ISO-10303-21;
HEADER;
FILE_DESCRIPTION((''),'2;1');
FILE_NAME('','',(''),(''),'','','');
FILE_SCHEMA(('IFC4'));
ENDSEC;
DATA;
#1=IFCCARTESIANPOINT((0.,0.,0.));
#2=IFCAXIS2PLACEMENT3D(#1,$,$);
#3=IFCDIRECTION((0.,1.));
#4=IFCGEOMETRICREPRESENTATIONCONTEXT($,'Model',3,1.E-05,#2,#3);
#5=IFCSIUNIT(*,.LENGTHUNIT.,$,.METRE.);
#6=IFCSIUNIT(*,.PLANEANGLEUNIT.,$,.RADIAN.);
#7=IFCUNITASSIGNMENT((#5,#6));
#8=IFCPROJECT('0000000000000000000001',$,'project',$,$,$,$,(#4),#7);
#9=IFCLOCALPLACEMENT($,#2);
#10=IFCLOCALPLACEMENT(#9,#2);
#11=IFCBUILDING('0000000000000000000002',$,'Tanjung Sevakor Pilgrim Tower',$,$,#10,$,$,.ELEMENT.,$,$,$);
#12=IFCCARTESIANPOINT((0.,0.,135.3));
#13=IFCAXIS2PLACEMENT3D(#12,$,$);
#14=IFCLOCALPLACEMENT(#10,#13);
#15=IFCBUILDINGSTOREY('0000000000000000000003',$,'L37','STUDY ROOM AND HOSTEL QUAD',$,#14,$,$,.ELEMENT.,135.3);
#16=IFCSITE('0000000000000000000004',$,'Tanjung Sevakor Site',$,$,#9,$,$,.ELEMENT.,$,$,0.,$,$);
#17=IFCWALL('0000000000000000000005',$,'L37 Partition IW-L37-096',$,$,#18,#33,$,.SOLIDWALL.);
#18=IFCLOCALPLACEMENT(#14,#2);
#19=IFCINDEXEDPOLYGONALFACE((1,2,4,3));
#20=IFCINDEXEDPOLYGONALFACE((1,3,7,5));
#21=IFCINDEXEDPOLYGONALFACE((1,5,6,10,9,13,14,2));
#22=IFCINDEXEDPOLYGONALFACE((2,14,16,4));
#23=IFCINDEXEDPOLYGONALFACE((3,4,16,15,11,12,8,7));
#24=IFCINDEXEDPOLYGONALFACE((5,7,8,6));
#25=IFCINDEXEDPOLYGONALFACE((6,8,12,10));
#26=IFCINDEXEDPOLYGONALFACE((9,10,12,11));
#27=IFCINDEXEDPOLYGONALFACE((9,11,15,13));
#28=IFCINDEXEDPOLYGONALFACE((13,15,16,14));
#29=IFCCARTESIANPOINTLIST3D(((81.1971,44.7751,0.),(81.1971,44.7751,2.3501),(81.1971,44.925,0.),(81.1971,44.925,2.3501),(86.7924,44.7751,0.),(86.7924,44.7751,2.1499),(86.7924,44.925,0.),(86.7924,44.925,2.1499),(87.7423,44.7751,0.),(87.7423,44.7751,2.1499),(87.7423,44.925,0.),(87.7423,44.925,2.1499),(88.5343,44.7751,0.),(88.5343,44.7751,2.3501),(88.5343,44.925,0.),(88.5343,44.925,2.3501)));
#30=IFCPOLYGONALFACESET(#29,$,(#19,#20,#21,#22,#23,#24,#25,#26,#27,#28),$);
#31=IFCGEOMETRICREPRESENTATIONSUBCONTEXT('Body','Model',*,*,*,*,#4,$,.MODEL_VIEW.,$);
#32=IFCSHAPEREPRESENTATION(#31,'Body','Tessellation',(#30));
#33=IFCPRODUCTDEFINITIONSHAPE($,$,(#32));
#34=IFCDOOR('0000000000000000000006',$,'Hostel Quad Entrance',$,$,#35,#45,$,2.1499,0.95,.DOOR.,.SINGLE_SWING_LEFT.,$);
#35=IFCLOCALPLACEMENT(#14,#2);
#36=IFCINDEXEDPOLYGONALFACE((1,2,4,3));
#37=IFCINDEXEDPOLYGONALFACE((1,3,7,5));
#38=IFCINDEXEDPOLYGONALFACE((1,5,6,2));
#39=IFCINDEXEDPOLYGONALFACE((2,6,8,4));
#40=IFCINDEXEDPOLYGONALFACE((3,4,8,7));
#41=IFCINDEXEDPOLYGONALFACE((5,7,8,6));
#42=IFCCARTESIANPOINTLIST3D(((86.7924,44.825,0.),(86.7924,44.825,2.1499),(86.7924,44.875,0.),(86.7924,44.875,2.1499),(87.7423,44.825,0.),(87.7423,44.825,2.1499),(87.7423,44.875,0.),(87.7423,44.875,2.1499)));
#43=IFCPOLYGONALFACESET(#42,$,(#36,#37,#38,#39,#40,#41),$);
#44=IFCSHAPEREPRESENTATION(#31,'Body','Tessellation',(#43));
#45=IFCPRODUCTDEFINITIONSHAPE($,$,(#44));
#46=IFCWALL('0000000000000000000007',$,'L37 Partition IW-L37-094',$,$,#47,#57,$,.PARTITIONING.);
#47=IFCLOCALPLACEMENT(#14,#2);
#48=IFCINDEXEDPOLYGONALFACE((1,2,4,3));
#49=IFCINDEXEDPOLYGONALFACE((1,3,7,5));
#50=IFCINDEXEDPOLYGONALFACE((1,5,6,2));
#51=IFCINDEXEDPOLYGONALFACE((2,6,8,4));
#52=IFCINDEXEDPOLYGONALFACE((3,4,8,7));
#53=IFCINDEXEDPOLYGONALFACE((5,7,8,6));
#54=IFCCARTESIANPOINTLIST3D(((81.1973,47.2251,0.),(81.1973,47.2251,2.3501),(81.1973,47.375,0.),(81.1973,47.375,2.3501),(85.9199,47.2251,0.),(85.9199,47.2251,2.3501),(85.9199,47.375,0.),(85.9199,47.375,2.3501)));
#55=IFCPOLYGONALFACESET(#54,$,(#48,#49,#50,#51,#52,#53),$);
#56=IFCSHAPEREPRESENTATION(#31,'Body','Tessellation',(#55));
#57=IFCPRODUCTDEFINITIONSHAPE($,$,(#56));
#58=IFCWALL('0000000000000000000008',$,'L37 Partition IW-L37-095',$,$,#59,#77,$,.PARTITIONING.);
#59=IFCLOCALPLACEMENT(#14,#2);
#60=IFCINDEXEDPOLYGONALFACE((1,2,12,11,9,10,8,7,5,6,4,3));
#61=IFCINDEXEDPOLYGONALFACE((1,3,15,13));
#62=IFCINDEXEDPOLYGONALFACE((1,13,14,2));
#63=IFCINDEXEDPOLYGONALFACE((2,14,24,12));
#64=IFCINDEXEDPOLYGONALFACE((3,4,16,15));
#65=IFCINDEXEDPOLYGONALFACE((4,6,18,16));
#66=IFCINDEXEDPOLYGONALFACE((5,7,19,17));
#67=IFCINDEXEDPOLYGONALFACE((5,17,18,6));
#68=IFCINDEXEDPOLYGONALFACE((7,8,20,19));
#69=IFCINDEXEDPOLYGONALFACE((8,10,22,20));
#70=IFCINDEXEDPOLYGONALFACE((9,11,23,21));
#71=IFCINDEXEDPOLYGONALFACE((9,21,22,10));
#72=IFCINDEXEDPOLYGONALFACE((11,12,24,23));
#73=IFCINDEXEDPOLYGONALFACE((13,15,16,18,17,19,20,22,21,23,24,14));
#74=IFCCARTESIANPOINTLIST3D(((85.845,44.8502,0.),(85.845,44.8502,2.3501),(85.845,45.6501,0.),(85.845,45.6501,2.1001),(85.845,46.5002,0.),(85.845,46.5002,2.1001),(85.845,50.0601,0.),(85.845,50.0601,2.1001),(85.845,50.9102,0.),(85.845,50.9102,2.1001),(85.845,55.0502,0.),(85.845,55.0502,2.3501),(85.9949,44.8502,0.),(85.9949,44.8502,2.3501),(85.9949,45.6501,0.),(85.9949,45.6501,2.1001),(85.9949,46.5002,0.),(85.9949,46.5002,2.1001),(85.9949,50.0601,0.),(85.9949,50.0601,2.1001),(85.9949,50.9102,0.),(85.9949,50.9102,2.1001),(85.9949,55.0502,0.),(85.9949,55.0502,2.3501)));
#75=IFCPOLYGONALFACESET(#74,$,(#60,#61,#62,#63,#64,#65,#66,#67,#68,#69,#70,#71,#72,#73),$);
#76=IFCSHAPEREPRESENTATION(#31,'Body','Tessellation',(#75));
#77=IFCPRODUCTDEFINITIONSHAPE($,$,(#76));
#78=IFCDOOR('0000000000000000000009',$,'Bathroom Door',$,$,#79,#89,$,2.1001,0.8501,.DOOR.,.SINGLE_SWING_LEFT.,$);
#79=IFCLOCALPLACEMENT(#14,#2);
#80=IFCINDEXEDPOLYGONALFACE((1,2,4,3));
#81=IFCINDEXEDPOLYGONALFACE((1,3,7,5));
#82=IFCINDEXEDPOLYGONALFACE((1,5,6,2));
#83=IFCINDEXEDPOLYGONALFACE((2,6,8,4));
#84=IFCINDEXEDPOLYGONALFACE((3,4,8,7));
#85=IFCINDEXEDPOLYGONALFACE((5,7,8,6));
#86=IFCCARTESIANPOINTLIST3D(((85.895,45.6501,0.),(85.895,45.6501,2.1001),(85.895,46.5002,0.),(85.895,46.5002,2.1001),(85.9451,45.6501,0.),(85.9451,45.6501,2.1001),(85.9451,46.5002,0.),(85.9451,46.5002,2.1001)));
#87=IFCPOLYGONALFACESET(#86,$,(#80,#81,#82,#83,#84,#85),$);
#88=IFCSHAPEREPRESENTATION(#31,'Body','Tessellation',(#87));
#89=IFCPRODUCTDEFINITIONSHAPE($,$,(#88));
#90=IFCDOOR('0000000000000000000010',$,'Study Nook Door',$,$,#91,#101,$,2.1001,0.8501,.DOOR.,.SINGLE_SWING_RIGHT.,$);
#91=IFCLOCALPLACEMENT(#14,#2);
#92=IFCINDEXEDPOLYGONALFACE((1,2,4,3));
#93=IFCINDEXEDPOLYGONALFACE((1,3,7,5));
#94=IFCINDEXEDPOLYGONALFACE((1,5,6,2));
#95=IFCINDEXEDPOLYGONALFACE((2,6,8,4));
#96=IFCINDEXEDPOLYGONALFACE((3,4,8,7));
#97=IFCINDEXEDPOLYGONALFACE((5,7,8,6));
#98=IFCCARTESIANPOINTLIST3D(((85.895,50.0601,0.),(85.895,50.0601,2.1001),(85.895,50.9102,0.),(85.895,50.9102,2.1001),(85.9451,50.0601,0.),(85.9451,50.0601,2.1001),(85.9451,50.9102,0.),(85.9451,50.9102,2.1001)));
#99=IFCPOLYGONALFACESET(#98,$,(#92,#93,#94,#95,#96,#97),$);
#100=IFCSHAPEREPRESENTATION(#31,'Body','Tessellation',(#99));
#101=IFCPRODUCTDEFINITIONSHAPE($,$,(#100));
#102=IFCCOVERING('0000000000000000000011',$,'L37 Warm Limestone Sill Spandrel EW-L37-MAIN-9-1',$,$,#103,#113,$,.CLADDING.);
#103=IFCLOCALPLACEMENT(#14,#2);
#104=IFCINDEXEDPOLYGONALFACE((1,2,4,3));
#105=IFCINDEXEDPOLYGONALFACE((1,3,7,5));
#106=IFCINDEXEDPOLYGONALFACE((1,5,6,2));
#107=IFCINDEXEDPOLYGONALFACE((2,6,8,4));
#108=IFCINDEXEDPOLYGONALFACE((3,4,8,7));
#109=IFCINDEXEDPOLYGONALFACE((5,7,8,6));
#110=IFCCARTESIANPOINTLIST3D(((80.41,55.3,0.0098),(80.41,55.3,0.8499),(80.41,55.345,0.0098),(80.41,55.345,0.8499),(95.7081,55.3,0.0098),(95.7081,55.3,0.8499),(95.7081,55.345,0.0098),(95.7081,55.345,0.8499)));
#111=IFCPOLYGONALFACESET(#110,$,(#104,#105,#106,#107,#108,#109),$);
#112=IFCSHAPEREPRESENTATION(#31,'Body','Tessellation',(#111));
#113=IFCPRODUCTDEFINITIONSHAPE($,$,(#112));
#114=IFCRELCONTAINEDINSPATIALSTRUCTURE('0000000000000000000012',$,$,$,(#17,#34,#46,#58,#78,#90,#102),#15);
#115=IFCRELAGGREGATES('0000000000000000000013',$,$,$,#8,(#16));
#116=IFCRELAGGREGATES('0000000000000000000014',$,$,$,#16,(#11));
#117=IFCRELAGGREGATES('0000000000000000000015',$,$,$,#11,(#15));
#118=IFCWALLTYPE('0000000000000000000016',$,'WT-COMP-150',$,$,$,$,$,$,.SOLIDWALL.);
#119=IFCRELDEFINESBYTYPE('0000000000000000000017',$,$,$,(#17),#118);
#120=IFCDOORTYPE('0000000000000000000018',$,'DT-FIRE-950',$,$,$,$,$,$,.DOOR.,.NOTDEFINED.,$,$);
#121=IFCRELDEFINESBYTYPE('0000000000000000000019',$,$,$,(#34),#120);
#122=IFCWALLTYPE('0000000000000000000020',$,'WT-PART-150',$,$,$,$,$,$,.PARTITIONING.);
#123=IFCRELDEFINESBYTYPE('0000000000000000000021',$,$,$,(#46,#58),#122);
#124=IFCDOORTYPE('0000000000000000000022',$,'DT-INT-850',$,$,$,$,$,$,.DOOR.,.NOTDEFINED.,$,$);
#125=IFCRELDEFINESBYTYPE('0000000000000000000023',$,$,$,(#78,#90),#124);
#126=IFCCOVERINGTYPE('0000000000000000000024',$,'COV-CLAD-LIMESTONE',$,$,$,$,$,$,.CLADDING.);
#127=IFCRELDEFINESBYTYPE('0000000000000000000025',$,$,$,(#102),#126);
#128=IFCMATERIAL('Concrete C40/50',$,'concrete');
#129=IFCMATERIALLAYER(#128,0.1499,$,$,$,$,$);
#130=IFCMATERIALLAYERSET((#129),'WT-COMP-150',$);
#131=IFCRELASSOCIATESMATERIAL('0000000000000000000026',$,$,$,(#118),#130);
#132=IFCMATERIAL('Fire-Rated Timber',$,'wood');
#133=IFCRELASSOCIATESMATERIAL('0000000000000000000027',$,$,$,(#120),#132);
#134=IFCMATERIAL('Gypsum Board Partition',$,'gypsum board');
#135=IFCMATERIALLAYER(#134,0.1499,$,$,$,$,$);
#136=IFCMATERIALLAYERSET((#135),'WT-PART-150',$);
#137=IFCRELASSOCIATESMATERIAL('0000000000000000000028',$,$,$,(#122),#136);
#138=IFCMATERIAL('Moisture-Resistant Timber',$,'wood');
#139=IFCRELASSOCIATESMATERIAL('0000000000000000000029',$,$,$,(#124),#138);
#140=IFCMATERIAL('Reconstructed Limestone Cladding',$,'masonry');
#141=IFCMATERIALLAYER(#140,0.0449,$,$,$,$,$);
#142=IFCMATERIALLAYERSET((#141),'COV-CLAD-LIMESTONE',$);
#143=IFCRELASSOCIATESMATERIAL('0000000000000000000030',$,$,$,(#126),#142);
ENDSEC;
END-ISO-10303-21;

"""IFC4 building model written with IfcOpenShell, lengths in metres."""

from ifc_helpers import new_model, si_unit, direction, frame, frame_2d, origin, origin_2d, place, context, subcontext, project, spatial, rectangle, extrude, material, layer, layer_set, type_object, element, fill, save


model = new_model("IFC4")

# Units and contexts
model_context = context("Model", 3, precision=1e-05, world=origin(), true_north=direction((0.0, 1.0)))
body_context = subcontext(model_context, "Body", "Model", "MODEL_VIEW")
ifc_project = project(units=[si_unit("LENGTHUNIT", "METRE"), si_unit("PLANEANGLEUNIT", "RADIAN")], contexts=[model_context])

# Site, building, storey
site_placement = place(None, origin())
site = spatial("IfcSite", under=ifc_project, at=site_placement, Name="Tanjung Sevakor Site", CompositionType="ELEMENT", RefElevation=0.0)
building_placement = place(site_placement, origin())
building = spatial("IfcBuilding", under=site, at=building_placement, Name="Tanjung Sevakor Pilgrim Tower", CompositionType="ELEMENT")
storey_placement = place(building_placement, frame((0.0, 0.0, 135.3)))
storey = spatial("IfcBuildingStorey", under=building, at=storey_placement, Name="L37", Description="STUDY ROOM AND HOSTEL QUAD", CompositionType="ELEMENT", Elevation=135.3)

# Shared definitions
ifc_material_1 = material(Name="Concrete C40/50", Category="concrete")
ifc_layer_1 = layer(ifc_material_1, 0.1499)
ifc_layer_set_1 = layer_set([ifc_layer_1], Name="WT-COMP-150")
wall_type_1 = type_object("IfcWallType", Name="WT-COMP-150", PredefinedType="SOLIDWALL", material=ifc_layer_set_1)

# Wall, opening, door
wall_1_placement = place(storey_placement, frame((81.1973, 44.8501, 0.0), z_axis=(0.0, 0.0, 1.0), x_axis=(1.0, 0.0, 0.0)))
wall_1 = element("IfcWall", 1, at=wall_1_placement, inside=storey, type_object=wall_type_1, Name="L37 Partition IW-L37-096", PredefinedType="SOLIDWALL", context=body_context, shape_type="SweptSolid", body=[
    extrude(rectangle(XDim=7.3372, YDim=0.1499, at=frame_2d((3.6685, 0.0))), origin(), (0.0, 0.0, 1.0), 2.3501),
])
opening_1_placement = place(wall_1_placement, frame((5.595, 0.0, 0.0)))
opening_1 = element("IfcOpeningElement", 2, at=opening_1_placement, cuts=wall_1, PredefinedType="OPENING", context=body_context, shape_type="SweptSolid", body=[
    extrude(rectangle(XDim=0.95, YDim=2.1499, at=frame_2d((0.4751, 1.075))), frame((0.0, 0.085, 0.0), z_axis=(0.0, -1.0, 0.0), x_axis=(1.0, 0.0, 0.0)), (0.0, 0.0, 1.0), 0.1699),
])
ifc_material_2 = material(Name="Fire-Rated Timber", Category="wood")
door_type_1 = type_object("IfcDoorType", Name="DT-FIRE-950", OperationType="NOTDEFINED", PredefinedType="DOOR", material=ifc_material_2)
door_1_placement = place(opening_1_placement, origin())
door_1 = element("IfcDoor", 3, at=door_1_placement, inside=storey, type_object=door_type_1, Name="Hostel Quad Entrance", OperationType="SINGLE_SWING_LEFT", OverallHeight=2.1499, OverallWidth=0.95, PredefinedType="DOOR", context=body_context, shape_type="SweptSolid", body=[
    extrude(rectangle(XDim=0.95, YDim=2.1499, at=frame_2d((0.4751, 1.075))), frame((0.0, 0.0249, 0.0), z_axis=(0.0, -1.0, 0.0), x_axis=(1.0, 0.0, 0.0)), (0.0, 0.0, 1.0), 0.05),
])
fill(opening_1, door_1)

# Wall
ifc_material_3 = material(Name="Gypsum Board Partition", Category="gypsum board")
ifc_layer_2 = layer(ifc_material_3, 0.1499)
ifc_layer_set_2 = layer_set([ifc_layer_2], Name="WT-PART-150")
wall_type_2 = type_object("IfcWallType", Name="WT-PART-150", PredefinedType="PARTITIONING", material=ifc_layer_set_2)
wall_2_placement = place(storey_placement, frame((81.1973, 47.3, 0.0), z_axis=(0.0, 0.0, 1.0), x_axis=(1.0, 0.0, 0.0)))
element("IfcWall", 4, at=wall_2_placement, inside=storey, type_object=wall_type_2, Name="L37 Partition IW-L37-094", PredefinedType="PARTITIONING", context=body_context, shape_type="SweptSolid", body=[
    extrude(rectangle(XDim=4.7227, YDim=0.1499, at=frame_2d((2.3613, 0.0))), origin(), (0.0, 0.0, 1.0), 2.3501),
])

# Wall, openings, doors
wall_3_placement = place(storey_placement, frame((85.9199, 44.8501, 0.0), z_axis=(0.0, 0.0, 1.0), x_axis=(0.0, 1.0, 0.0)))
wall_3 = element("IfcWall", 5, at=wall_3_placement, inside=storey, type_object=wall_type_2, Name="L37 Partition IW-L37-095", PredefinedType="PARTITIONING", context=body_context, shape_type="SweptSolid", body=[
    extrude(rectangle(XDim=10.2, YDim=0.1499, at=frame_2d((5.1001, 0.0))), origin(), (0.0, 0.0, 1.0), 2.3501),
])
opening_2_placement = place(wall_3_placement, frame((0.8, 0.0, 0.0)))
opening_2 = element("IfcOpeningElement", 6, at=opening_2_placement, cuts=wall_3, PredefinedType="OPENING", context=body_context, shape_type="SweptSolid", body=[
    extrude(rectangle(XDim=0.8501, YDim=2.1001, at=frame_2d((0.425, 1.05))), frame((0.0, 0.085, 0.0), z_axis=(0.0, -1.0, 0.0), x_axis=(1.0, 0.0, 0.0)), (0.0, 0.0, 1.0), 0.1699),
])
opening_3_placement = place(wall_3_placement, frame((5.21, 0.0, 0.0)))
opening_3 = element("IfcOpeningElement", 7, at=opening_3_placement, cuts=wall_3, PredefinedType="OPENING", context=body_context, shape_type="SweptSolid", body=[
    extrude(rectangle(XDim=0.8501, YDim=2.1001, at=frame_2d((0.425, 1.05))), frame((0.0, 0.085, 0.0), z_axis=(0.0, -1.0, 0.0), x_axis=(1.0, 0.0, 0.0)), (0.0, 0.0, 1.0), 0.1699),
])
ifc_material_4 = material(Name="Moisture-Resistant Timber", Category="wood")
door_type_2 = type_object("IfcDoorType", Name="DT-INT-850", OperationType="NOTDEFINED", PredefinedType="DOOR", material=ifc_material_4)
door_2_placement = place(opening_2_placement, origin())
door_2 = element("IfcDoor", 8, at=door_2_placement, inside=storey, type_object=door_type_2, Name="Bathroom Door", OperationType="SINGLE_SWING_LEFT", OverallHeight=2.1001, OverallWidth=0.8501, PredefinedType="DOOR", context=body_context, shape_type="SweptSolid", body=[
    extrude(rectangle(XDim=0.8501, YDim=2.1001, at=frame_2d((0.425, 1.05))), frame((0.0, 0.0249, 0.0), z_axis=(0.0, -1.0, 0.0), x_axis=(1.0, 0.0, 0.0)), (0.0, 0.0, 1.0), 0.05),
])
fill(opening_2, door_2)
door_3_placement = place(opening_3_placement, origin())
door_3 = element("IfcDoor", 9, at=door_3_placement, inside=storey, type_object=door_type_2, Name="Study Nook Door", OperationType="SINGLE_SWING_RIGHT", OverallHeight=2.1001, OverallWidth=0.8501, PredefinedType="DOOR", context=body_context, shape_type="SweptSolid", body=[
    extrude(rectangle(XDim=0.8501, YDim=2.1001, at=frame_2d((0.425, 1.05))), frame((0.0, 0.0249, 0.0), z_axis=(0.0, -1.0, 0.0), x_axis=(1.0, 0.0, 0.0)), (0.0, 0.0, 1.0), 0.05),
])
fill(opening_3, door_3)

# Covering
ifc_material_5 = material(Name="Reconstructed Limestone Cladding", Category="masonry")
ifc_layer_3 = layer(ifc_material_5, 0.0449)
ifc_layer_set_3 = layer_set([ifc_layer_3], Name="COV-CLAD-LIMESTONE")
covering_type = type_object("IfcCoveringType", Name="COV-CLAD-LIMESTONE", PredefinedType="CLADDING", material=ifc_layer_set_3)
covering_placement = place(storey_placement, frame((88.0591, 55.3225, 0.0098), z_axis=(0.0, 0.0, 1.0), x_axis=(-1.0, 0.0, 0.0)))
element("IfcCovering", 10, at=covering_placement, inside=storey, type_object=covering_type, Name="L37 Warm Limestone Sill Spandrel EW-L37-MAIN-9-1", PredefinedType="CLADDING", context=body_context, shape_type="SweptSolid", body=[
    extrude(rectangle(XDim=15.2981, YDim=0.0449, at=origin_2d()), origin(), (0.0, 0.0, 1.0), 0.8401),
])

save(model, "model.ifc")
